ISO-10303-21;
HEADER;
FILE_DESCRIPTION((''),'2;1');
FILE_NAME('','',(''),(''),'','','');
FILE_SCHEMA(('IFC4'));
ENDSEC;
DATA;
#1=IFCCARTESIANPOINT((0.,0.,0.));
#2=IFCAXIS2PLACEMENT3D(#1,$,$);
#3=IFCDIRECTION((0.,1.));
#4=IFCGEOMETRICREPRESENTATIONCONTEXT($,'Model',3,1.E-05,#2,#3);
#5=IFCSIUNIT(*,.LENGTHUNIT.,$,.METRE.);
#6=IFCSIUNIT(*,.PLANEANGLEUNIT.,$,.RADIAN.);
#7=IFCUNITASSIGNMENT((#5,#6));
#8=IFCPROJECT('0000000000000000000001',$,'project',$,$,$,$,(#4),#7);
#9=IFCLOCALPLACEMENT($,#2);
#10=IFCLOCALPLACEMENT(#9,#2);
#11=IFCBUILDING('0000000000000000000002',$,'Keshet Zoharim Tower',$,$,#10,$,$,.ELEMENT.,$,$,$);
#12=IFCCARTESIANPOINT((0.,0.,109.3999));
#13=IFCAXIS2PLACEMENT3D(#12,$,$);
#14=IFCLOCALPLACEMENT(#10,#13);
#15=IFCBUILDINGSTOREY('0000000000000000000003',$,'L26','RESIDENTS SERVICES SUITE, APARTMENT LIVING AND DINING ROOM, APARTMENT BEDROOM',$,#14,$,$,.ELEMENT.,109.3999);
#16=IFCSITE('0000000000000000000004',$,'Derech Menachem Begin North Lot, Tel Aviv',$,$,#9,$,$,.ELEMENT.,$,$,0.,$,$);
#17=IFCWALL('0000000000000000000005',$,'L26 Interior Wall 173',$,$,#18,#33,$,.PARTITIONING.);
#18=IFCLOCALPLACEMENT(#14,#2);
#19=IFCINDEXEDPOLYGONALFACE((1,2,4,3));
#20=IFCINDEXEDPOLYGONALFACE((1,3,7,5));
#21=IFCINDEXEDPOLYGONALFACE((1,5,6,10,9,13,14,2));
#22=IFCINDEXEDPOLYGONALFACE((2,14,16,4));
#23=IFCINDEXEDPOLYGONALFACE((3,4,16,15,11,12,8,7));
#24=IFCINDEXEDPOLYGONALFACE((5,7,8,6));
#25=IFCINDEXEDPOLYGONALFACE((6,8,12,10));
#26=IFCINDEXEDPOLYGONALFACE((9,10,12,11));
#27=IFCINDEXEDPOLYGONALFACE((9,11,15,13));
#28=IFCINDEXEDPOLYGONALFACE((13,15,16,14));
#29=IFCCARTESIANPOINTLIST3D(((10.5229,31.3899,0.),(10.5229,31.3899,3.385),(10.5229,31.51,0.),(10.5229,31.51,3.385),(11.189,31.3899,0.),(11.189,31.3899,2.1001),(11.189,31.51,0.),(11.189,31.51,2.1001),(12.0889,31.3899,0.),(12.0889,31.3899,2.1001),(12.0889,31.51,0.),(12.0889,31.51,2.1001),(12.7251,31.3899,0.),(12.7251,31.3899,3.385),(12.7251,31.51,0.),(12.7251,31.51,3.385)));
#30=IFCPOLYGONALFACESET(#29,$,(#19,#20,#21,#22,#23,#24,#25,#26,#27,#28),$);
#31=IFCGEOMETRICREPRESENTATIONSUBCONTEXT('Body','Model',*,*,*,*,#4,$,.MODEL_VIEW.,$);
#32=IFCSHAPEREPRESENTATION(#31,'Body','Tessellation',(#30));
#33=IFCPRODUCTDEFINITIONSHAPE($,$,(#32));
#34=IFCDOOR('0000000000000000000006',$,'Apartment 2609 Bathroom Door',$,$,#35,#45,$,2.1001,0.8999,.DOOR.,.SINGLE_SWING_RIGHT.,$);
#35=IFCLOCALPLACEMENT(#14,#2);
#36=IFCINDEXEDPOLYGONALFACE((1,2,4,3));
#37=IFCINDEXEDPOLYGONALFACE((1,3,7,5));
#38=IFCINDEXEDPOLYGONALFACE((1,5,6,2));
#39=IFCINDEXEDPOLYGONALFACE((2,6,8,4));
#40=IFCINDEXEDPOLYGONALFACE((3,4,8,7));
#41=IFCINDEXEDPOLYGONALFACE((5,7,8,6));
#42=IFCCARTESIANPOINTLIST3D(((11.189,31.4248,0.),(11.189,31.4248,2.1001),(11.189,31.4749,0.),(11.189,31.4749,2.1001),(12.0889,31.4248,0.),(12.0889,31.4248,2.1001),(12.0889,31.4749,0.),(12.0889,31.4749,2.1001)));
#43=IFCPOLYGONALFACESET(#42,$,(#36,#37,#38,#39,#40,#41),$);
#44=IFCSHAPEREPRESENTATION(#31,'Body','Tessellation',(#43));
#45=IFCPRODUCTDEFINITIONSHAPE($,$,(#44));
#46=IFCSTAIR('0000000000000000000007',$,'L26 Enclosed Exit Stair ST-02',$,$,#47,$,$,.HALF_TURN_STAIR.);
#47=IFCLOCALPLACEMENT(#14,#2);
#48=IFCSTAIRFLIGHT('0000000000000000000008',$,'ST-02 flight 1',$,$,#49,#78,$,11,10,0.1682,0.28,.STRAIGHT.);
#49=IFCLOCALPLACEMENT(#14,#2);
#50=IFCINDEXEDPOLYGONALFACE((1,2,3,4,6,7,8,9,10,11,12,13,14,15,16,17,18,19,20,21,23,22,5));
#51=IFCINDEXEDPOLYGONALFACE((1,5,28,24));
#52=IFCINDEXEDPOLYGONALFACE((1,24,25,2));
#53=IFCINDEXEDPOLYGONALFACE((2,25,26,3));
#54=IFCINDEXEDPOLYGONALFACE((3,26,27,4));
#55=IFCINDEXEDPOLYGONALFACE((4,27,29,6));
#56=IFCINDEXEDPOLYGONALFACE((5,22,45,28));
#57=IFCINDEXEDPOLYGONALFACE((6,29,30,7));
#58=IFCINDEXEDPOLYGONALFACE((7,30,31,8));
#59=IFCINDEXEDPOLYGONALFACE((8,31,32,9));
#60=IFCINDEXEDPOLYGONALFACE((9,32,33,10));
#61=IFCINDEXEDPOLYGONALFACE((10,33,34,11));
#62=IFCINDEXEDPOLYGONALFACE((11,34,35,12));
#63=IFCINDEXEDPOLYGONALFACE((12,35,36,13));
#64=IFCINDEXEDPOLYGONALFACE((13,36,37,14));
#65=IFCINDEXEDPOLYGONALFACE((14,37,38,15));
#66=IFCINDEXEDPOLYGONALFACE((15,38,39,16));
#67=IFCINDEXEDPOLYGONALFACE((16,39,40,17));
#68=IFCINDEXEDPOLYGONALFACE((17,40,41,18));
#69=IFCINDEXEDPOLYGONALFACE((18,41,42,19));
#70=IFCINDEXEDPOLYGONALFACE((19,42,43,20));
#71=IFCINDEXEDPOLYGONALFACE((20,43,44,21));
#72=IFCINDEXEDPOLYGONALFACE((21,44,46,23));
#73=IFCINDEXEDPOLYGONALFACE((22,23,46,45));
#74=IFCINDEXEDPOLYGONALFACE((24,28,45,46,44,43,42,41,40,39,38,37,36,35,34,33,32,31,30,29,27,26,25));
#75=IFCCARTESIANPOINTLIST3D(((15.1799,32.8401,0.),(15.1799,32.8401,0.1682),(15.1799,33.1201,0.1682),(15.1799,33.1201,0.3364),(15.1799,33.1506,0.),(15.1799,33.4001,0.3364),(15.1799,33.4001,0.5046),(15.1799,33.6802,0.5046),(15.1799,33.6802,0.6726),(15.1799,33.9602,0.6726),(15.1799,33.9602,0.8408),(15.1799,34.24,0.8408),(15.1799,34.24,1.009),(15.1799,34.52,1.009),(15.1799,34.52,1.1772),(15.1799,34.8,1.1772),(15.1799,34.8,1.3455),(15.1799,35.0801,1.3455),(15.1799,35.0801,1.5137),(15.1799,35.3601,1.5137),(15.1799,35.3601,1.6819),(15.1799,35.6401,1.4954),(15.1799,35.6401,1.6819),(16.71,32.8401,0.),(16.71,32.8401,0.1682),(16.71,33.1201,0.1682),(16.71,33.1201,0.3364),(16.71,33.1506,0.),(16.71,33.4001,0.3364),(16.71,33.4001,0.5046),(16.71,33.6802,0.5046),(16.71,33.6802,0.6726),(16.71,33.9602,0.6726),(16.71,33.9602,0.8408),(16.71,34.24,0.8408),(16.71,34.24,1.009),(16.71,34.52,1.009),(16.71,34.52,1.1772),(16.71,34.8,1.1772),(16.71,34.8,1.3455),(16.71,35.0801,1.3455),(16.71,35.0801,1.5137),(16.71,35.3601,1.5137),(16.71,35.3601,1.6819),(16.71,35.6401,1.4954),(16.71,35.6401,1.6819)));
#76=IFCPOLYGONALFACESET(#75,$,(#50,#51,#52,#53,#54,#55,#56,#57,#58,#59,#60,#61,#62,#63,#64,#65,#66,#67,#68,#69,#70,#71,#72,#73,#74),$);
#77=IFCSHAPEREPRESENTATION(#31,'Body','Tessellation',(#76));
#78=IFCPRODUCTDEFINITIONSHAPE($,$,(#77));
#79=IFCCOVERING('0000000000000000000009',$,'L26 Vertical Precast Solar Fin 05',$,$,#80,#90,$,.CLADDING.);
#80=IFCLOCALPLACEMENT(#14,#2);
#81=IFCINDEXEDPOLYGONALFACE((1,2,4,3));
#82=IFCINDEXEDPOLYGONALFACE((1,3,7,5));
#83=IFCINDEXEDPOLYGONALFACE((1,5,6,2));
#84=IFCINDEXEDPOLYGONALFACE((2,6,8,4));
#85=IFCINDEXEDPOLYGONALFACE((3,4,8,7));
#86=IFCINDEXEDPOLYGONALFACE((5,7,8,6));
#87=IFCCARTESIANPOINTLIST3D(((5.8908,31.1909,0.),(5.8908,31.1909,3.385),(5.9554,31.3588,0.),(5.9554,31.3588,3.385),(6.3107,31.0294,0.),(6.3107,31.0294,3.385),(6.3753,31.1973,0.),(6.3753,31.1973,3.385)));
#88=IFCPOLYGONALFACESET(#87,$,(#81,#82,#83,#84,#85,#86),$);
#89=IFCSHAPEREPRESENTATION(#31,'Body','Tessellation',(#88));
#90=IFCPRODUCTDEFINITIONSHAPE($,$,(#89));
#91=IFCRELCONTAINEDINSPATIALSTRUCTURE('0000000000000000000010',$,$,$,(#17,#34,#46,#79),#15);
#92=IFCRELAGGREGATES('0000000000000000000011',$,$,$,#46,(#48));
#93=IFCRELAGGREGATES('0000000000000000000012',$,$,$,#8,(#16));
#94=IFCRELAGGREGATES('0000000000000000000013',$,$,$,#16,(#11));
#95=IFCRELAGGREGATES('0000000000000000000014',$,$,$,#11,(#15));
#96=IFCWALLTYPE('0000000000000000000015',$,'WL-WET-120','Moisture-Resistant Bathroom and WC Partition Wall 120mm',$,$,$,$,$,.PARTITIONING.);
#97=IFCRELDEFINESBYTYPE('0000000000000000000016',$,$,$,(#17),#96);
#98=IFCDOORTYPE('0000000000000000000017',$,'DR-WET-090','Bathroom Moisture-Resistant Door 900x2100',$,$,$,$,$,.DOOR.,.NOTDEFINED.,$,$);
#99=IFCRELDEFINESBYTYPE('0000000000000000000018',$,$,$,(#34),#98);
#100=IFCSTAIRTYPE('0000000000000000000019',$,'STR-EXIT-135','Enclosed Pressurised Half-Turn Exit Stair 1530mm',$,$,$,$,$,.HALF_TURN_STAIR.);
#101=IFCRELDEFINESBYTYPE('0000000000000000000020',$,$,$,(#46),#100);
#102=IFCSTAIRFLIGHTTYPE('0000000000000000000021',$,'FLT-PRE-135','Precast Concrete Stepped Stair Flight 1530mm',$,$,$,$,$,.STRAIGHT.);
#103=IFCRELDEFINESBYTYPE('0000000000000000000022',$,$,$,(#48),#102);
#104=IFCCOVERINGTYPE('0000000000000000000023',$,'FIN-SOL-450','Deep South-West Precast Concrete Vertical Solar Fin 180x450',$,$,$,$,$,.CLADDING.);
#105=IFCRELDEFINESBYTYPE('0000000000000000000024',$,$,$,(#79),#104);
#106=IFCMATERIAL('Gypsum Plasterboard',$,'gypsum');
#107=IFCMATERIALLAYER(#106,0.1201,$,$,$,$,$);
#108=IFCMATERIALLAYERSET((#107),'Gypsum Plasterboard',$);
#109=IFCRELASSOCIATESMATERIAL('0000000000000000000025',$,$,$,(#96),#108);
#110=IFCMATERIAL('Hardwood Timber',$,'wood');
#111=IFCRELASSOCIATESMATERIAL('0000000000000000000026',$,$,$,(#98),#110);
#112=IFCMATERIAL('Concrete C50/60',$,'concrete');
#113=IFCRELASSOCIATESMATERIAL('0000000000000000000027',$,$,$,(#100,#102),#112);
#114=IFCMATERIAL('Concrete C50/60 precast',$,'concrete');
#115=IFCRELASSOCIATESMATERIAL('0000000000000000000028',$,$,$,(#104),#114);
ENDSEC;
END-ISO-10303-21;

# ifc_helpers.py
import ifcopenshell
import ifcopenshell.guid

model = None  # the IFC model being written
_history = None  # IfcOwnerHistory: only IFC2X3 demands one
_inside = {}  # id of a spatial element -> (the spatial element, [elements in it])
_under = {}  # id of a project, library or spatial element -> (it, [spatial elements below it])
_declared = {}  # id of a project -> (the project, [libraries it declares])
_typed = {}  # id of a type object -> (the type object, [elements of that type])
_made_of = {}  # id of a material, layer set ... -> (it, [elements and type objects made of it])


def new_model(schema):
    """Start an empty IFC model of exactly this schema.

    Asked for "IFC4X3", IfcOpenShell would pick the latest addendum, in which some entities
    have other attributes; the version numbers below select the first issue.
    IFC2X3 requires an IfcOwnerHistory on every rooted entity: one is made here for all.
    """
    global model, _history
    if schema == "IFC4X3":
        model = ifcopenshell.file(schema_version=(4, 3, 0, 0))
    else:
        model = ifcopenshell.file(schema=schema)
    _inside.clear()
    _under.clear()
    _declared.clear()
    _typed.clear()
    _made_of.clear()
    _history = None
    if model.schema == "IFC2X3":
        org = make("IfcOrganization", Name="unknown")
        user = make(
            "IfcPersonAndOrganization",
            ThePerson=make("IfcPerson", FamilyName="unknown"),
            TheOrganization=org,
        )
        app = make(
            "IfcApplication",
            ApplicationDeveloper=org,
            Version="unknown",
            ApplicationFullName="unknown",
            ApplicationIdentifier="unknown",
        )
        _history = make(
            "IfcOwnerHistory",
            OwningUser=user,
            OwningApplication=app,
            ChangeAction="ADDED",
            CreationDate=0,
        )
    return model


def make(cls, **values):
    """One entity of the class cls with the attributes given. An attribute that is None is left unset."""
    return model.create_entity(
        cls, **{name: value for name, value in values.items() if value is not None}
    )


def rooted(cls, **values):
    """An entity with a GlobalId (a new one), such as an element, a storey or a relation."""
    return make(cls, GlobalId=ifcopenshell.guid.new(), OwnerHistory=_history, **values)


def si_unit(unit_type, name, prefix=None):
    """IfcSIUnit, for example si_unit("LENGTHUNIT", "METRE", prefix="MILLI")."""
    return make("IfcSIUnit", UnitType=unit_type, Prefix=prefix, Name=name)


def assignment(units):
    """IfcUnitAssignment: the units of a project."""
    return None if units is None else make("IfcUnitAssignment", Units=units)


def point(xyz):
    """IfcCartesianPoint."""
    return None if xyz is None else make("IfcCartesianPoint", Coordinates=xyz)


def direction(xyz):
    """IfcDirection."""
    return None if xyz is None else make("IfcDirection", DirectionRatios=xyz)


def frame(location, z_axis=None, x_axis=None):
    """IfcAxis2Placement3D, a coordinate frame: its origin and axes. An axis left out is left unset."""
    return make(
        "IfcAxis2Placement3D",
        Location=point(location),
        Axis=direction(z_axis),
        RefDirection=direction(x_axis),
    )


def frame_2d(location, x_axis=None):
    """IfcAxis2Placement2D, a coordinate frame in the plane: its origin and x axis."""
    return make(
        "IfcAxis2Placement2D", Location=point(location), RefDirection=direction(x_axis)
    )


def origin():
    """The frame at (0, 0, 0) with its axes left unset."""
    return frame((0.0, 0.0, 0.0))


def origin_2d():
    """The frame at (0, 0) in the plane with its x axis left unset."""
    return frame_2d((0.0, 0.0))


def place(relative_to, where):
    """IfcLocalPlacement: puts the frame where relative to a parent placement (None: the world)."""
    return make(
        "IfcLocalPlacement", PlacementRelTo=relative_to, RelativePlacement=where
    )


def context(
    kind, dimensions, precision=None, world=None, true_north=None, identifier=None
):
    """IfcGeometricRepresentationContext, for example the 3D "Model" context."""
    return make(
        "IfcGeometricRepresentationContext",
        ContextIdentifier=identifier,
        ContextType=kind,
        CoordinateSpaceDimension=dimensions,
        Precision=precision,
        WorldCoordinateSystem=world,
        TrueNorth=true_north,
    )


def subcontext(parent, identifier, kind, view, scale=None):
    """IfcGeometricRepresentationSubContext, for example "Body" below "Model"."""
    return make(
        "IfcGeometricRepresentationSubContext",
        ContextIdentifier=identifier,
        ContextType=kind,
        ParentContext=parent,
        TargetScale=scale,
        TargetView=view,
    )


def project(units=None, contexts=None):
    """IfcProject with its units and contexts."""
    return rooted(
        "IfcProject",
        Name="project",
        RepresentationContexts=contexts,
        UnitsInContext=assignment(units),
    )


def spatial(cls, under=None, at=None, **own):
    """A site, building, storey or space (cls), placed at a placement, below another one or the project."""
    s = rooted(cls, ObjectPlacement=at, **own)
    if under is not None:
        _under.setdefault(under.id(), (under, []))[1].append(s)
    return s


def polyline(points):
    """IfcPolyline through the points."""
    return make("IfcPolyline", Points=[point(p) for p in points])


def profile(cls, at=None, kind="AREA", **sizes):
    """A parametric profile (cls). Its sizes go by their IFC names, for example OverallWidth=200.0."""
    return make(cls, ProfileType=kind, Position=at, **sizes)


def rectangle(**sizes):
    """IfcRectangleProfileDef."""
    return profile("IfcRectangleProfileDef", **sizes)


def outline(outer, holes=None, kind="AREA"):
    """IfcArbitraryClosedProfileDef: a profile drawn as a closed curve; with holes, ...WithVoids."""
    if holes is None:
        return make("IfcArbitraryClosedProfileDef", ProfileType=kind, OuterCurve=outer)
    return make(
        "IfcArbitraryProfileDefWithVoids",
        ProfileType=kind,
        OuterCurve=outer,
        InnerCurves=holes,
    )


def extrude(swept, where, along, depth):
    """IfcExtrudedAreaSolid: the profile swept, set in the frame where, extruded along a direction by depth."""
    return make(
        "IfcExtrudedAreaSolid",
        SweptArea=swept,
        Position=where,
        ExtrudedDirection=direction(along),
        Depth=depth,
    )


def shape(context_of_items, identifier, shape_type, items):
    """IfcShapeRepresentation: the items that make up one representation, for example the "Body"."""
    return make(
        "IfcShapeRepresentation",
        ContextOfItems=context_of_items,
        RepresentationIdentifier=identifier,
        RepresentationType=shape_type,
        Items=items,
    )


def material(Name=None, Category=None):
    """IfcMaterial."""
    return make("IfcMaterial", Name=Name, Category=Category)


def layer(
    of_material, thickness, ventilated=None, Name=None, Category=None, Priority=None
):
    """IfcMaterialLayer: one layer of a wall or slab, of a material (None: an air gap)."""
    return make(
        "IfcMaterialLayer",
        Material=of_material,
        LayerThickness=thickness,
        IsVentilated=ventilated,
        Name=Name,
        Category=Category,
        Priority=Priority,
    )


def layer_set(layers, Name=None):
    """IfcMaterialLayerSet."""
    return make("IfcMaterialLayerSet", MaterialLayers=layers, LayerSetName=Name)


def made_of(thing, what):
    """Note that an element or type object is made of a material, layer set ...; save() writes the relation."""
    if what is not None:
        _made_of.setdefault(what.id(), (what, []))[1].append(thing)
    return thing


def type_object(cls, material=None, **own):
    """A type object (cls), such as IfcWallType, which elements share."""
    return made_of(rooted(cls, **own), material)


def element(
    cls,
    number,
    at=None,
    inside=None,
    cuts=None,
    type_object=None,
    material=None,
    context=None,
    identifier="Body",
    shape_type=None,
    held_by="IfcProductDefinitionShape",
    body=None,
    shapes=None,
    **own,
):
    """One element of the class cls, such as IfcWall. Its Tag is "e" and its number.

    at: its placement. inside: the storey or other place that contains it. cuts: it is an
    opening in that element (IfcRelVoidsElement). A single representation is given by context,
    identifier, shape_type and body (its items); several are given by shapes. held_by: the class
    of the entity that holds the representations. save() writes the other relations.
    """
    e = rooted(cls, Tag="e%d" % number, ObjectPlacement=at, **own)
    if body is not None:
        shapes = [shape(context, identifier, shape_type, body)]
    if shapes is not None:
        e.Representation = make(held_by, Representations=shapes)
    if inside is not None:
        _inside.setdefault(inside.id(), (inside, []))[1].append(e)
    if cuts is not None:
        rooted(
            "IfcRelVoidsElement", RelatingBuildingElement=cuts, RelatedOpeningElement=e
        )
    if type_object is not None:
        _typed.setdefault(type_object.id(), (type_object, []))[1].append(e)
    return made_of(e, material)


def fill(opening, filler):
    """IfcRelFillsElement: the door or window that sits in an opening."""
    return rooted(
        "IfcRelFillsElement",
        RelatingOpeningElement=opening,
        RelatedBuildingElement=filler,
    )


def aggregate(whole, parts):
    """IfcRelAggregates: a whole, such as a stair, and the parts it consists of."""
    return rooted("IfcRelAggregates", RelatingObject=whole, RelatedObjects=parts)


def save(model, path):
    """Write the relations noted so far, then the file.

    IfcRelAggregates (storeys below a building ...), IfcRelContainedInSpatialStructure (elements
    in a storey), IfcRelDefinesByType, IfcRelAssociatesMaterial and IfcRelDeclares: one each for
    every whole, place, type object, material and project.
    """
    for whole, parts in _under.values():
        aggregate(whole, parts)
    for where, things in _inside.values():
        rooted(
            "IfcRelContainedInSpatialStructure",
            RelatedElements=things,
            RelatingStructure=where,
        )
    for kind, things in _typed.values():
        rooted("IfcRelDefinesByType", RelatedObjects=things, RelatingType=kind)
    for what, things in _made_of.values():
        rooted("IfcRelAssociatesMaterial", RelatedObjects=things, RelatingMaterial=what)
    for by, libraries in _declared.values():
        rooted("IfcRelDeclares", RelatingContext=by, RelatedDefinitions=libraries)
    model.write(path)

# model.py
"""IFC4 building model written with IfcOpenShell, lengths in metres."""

from ifc_helpers import new_model, si_unit, direction, frame, frame_2d, origin, origin_2d, place, context, subcontext, project, spatial, polyline, rectangle, outline, extrude, material, layer, layer_set, type_object, element, fill, aggregate, save


model = new_model("IFC4")

# Units and contexts
model_context = context("Model", 3, precision=1e-05, world=origin(), true_north=direction((0.0, 1.0)))
body_context = subcontext(model_context, "Body", "Model", "MODEL_VIEW")
ifc_project = project(units=[si_unit("LENGTHUNIT", "METRE"), si_unit("PLANEANGLEUNIT", "RADIAN")], contexts=[model_context])

# Site, building, storey
site_placement = place(None, origin())
site = spatial("IfcSite", under=ifc_project, at=site_placement, Name="Derech Menachem Begin North Lot, Tel Aviv", CompositionType="ELEMENT", RefElevation=0.0)
building_placement = place(site_placement, origin())
building = spatial("IfcBuilding", under=site, at=building_placement, Name="Keshet Zoharim Tower", CompositionType="ELEMENT")
storey_placement = place(building_placement, frame((0.0, 0.0, 109.3999)))
storey = spatial("IfcBuildingStorey", under=building, at=storey_placement, Name="L26", Description="RESIDENTS SERVICES SUITE, APARTMENT LIVING AND DINING ROOM, APARTMENT BEDROOM", CompositionType="ELEMENT", Elevation=109.3999)

# Shared definitions
ifc_material_1 = material(Name="Hardwood Timber", Category="wood")

# Shared definitions
ifc_material_2 = material(Name="Gypsum Plasterboard", Category="gypsum")

# Shared definitions
ifc_layer_1 = layer(ifc_material_2, 0.1201)
ifc_layer_set_1 = layer_set([ifc_layer_1], Name="Gypsum Plasterboard")
wall_type_1 = type_object("IfcWallType", Name="WL-WET-120", Description="Moisture-Resistant Bathroom and WC Partition Wall 120mm", PredefinedType="PARTITIONING", material=ifc_layer_set_1)

# Wall, opening, door
wall_1_placement = place(storey_placement, frame((10.5229, 31.45, 0.0), z_axis=(0.0, 0.0, 1.0), x_axis=(1.0, 0.0, 0.0)))
wall_1 = element("IfcWall", 1, at=wall_1_placement, inside=storey, type_object=wall_type_1, Name="L26 Interior Wall 173", PredefinedType="PARTITIONING", context=body_context, shape_type="SweptSolid", body=[
    extrude(rectangle(XDim=2.2021, YDim=0.1201, at=frame_2d((1.1011, 0.0))), origin(), (0.0, 0.0, 1.0), 3.385),
])
opening_1_placement = place(wall_1_placement, frame((0.666, 0.0, 0.0)))
opening_1 = element("IfcOpeningElement", 2, at=opening_1_placement, cuts=wall_1, PredefinedType="OPENING", context=body_context, shape_type="SweptSolid", body=[
    extrude(rectangle(XDim=0.8999, YDim=2.1001, at=frame_2d((0.45, 1.05))), frame((0.0, 0.0701, 0.0), z_axis=(0.0, -1.0, 0.0), x_axis=(1.0, 0.0, 0.0)), (0.0, 0.0, 1.0), 0.1401),
])
door_type_1 = type_object("IfcDoorType", Name="DR-WET-090", Description="Bathroom Moisture-Resistant Door 900x2100", OperationType="NOTDEFINED", PredefinedType="DOOR", material=ifc_material_1)
door_1_placement = place(opening_1_placement, origin())
door_1 = element("IfcDoor", 3, at=door_1_placement, inside=storey, type_object=door_type_1, Name="Apartment 2609 Bathroom Door", OperationType="SINGLE_SWING_RIGHT", OverallHeight=2.1001, OverallWidth=0.8999, PredefinedType="DOOR", context=body_context, shape_type="SweptSolid", body=[
    extrude(rectangle(XDim=0.8999, YDim=2.1001, at=frame_2d((0.45, 1.05))), frame((0.0, 0.0249, 0.0), z_axis=(0.0, -1.0, 0.0), x_axis=(1.0, 0.0, 0.0)), (0.0, 0.0, 1.0), 0.05),
])
fill(opening_1, door_1)

# Stair, stair flight
ifc_material_3 = material(Name="Concrete C50/60", Category="concrete")
stair_type = type_object("IfcStairType", Name="STR-EXIT-135", Description="Enclosed Pressurised Half-Turn Exit Stair 1530mm", PredefinedType="HALF_TURN_STAIR", material=ifc_material_3)
stair_placement = place(storey_placement, origin())
stair = element("IfcStair", 4, at=stair_placement, inside=storey, type_object=stair_type, Name="L26 Enclosed Exit Stair ST-02", PredefinedType="HALF_TURN_STAIR")
stair_flight_type = type_object("IfcStairFlightType", Name="FLT-PRE-135", Description="Precast Concrete Stepped Stair Flight 1530mm", PredefinedType="STRAIGHT", material=ifc_material_3)
stair_flight_placement = place(storey_placement, frame((15.9451, 32.8401, 0.0), z_axis=(0.0, 0.0, 1.0), x_axis=(0.0, 1.0, 0.0)))
stair_flight = element("IfcStairFlight", 5, at=stair_flight_placement, type_object=stair_flight_type, Name="ST-02 flight 1", NumberOfRisers=11, NumberOfTreads=10, PredefinedType="STRAIGHT", RiserHeight=0.1682, TreadLength=0.28, context=body_context, shape_type="SweptSolid", body=[
    extrude(outline(polyline([(0.0, 0.0), (0.0, 0.1682), (0.28, 0.1682), (0.28, 0.3364), (0.5601, 0.3364), (0.5601, 0.5046), (0.8401, 0.5046), (0.8401, 0.6726), (1.1201, 0.6726), (1.1201, 0.8408), (1.3999, 0.8408), (1.3999, 1.009), (1.6799, 1.009), (1.6799, 1.1772), (1.96, 1.1772), (1.96, 1.3455), (2.24, 1.3455), (2.24, 1.5137), (2.52, 1.5137), (2.52, 1.6819), (2.8, 1.6819), (2.8, 1.8501), (2.8, 1.4954), (0.3105, 0.0), (0.0, 0.0)])), frame((0.0, 0.7651, 0.0), z_axis=(0.0, -1.0, 0.0), x_axis=(1.0, 0.0, 0.0)), (0.0, 0.0, 1.0), 1.53),
])
aggregate(stair, [stair_flight])

# Covering
ifc_material_4 = material(Name="Concrete C50/60 precast", Category="concrete")
covering_type = type_object("IfcCoveringType", Name="FIN-SOL-450", Description="Deep South-West Precast Concrete Vertical Solar Fin 180x450", PredefinedType="CLADDING", material=ifc_material_4)
covering_placement = place(storey_placement, frame((6.1331, 31.1941, 0.0), z_axis=(0.0, 0.0, 1.0), x_axis=(0.35899, 0.933341, 0.0)))
element("IfcCovering", 6, at=covering_placement, inside=storey, type_object=covering_type, Name="L26 Vertical Precast Solar Fin 05", PredefinedType="CLADDING", context=body_context, shape_type="SweptSolid", body=[
    extrude(rectangle(XDim=0.1799, YDim=0.45, at=origin_2d()), origin(), (0.0, 0.0, 1.0), 3.385),
])

save(model, "model.ifc")
